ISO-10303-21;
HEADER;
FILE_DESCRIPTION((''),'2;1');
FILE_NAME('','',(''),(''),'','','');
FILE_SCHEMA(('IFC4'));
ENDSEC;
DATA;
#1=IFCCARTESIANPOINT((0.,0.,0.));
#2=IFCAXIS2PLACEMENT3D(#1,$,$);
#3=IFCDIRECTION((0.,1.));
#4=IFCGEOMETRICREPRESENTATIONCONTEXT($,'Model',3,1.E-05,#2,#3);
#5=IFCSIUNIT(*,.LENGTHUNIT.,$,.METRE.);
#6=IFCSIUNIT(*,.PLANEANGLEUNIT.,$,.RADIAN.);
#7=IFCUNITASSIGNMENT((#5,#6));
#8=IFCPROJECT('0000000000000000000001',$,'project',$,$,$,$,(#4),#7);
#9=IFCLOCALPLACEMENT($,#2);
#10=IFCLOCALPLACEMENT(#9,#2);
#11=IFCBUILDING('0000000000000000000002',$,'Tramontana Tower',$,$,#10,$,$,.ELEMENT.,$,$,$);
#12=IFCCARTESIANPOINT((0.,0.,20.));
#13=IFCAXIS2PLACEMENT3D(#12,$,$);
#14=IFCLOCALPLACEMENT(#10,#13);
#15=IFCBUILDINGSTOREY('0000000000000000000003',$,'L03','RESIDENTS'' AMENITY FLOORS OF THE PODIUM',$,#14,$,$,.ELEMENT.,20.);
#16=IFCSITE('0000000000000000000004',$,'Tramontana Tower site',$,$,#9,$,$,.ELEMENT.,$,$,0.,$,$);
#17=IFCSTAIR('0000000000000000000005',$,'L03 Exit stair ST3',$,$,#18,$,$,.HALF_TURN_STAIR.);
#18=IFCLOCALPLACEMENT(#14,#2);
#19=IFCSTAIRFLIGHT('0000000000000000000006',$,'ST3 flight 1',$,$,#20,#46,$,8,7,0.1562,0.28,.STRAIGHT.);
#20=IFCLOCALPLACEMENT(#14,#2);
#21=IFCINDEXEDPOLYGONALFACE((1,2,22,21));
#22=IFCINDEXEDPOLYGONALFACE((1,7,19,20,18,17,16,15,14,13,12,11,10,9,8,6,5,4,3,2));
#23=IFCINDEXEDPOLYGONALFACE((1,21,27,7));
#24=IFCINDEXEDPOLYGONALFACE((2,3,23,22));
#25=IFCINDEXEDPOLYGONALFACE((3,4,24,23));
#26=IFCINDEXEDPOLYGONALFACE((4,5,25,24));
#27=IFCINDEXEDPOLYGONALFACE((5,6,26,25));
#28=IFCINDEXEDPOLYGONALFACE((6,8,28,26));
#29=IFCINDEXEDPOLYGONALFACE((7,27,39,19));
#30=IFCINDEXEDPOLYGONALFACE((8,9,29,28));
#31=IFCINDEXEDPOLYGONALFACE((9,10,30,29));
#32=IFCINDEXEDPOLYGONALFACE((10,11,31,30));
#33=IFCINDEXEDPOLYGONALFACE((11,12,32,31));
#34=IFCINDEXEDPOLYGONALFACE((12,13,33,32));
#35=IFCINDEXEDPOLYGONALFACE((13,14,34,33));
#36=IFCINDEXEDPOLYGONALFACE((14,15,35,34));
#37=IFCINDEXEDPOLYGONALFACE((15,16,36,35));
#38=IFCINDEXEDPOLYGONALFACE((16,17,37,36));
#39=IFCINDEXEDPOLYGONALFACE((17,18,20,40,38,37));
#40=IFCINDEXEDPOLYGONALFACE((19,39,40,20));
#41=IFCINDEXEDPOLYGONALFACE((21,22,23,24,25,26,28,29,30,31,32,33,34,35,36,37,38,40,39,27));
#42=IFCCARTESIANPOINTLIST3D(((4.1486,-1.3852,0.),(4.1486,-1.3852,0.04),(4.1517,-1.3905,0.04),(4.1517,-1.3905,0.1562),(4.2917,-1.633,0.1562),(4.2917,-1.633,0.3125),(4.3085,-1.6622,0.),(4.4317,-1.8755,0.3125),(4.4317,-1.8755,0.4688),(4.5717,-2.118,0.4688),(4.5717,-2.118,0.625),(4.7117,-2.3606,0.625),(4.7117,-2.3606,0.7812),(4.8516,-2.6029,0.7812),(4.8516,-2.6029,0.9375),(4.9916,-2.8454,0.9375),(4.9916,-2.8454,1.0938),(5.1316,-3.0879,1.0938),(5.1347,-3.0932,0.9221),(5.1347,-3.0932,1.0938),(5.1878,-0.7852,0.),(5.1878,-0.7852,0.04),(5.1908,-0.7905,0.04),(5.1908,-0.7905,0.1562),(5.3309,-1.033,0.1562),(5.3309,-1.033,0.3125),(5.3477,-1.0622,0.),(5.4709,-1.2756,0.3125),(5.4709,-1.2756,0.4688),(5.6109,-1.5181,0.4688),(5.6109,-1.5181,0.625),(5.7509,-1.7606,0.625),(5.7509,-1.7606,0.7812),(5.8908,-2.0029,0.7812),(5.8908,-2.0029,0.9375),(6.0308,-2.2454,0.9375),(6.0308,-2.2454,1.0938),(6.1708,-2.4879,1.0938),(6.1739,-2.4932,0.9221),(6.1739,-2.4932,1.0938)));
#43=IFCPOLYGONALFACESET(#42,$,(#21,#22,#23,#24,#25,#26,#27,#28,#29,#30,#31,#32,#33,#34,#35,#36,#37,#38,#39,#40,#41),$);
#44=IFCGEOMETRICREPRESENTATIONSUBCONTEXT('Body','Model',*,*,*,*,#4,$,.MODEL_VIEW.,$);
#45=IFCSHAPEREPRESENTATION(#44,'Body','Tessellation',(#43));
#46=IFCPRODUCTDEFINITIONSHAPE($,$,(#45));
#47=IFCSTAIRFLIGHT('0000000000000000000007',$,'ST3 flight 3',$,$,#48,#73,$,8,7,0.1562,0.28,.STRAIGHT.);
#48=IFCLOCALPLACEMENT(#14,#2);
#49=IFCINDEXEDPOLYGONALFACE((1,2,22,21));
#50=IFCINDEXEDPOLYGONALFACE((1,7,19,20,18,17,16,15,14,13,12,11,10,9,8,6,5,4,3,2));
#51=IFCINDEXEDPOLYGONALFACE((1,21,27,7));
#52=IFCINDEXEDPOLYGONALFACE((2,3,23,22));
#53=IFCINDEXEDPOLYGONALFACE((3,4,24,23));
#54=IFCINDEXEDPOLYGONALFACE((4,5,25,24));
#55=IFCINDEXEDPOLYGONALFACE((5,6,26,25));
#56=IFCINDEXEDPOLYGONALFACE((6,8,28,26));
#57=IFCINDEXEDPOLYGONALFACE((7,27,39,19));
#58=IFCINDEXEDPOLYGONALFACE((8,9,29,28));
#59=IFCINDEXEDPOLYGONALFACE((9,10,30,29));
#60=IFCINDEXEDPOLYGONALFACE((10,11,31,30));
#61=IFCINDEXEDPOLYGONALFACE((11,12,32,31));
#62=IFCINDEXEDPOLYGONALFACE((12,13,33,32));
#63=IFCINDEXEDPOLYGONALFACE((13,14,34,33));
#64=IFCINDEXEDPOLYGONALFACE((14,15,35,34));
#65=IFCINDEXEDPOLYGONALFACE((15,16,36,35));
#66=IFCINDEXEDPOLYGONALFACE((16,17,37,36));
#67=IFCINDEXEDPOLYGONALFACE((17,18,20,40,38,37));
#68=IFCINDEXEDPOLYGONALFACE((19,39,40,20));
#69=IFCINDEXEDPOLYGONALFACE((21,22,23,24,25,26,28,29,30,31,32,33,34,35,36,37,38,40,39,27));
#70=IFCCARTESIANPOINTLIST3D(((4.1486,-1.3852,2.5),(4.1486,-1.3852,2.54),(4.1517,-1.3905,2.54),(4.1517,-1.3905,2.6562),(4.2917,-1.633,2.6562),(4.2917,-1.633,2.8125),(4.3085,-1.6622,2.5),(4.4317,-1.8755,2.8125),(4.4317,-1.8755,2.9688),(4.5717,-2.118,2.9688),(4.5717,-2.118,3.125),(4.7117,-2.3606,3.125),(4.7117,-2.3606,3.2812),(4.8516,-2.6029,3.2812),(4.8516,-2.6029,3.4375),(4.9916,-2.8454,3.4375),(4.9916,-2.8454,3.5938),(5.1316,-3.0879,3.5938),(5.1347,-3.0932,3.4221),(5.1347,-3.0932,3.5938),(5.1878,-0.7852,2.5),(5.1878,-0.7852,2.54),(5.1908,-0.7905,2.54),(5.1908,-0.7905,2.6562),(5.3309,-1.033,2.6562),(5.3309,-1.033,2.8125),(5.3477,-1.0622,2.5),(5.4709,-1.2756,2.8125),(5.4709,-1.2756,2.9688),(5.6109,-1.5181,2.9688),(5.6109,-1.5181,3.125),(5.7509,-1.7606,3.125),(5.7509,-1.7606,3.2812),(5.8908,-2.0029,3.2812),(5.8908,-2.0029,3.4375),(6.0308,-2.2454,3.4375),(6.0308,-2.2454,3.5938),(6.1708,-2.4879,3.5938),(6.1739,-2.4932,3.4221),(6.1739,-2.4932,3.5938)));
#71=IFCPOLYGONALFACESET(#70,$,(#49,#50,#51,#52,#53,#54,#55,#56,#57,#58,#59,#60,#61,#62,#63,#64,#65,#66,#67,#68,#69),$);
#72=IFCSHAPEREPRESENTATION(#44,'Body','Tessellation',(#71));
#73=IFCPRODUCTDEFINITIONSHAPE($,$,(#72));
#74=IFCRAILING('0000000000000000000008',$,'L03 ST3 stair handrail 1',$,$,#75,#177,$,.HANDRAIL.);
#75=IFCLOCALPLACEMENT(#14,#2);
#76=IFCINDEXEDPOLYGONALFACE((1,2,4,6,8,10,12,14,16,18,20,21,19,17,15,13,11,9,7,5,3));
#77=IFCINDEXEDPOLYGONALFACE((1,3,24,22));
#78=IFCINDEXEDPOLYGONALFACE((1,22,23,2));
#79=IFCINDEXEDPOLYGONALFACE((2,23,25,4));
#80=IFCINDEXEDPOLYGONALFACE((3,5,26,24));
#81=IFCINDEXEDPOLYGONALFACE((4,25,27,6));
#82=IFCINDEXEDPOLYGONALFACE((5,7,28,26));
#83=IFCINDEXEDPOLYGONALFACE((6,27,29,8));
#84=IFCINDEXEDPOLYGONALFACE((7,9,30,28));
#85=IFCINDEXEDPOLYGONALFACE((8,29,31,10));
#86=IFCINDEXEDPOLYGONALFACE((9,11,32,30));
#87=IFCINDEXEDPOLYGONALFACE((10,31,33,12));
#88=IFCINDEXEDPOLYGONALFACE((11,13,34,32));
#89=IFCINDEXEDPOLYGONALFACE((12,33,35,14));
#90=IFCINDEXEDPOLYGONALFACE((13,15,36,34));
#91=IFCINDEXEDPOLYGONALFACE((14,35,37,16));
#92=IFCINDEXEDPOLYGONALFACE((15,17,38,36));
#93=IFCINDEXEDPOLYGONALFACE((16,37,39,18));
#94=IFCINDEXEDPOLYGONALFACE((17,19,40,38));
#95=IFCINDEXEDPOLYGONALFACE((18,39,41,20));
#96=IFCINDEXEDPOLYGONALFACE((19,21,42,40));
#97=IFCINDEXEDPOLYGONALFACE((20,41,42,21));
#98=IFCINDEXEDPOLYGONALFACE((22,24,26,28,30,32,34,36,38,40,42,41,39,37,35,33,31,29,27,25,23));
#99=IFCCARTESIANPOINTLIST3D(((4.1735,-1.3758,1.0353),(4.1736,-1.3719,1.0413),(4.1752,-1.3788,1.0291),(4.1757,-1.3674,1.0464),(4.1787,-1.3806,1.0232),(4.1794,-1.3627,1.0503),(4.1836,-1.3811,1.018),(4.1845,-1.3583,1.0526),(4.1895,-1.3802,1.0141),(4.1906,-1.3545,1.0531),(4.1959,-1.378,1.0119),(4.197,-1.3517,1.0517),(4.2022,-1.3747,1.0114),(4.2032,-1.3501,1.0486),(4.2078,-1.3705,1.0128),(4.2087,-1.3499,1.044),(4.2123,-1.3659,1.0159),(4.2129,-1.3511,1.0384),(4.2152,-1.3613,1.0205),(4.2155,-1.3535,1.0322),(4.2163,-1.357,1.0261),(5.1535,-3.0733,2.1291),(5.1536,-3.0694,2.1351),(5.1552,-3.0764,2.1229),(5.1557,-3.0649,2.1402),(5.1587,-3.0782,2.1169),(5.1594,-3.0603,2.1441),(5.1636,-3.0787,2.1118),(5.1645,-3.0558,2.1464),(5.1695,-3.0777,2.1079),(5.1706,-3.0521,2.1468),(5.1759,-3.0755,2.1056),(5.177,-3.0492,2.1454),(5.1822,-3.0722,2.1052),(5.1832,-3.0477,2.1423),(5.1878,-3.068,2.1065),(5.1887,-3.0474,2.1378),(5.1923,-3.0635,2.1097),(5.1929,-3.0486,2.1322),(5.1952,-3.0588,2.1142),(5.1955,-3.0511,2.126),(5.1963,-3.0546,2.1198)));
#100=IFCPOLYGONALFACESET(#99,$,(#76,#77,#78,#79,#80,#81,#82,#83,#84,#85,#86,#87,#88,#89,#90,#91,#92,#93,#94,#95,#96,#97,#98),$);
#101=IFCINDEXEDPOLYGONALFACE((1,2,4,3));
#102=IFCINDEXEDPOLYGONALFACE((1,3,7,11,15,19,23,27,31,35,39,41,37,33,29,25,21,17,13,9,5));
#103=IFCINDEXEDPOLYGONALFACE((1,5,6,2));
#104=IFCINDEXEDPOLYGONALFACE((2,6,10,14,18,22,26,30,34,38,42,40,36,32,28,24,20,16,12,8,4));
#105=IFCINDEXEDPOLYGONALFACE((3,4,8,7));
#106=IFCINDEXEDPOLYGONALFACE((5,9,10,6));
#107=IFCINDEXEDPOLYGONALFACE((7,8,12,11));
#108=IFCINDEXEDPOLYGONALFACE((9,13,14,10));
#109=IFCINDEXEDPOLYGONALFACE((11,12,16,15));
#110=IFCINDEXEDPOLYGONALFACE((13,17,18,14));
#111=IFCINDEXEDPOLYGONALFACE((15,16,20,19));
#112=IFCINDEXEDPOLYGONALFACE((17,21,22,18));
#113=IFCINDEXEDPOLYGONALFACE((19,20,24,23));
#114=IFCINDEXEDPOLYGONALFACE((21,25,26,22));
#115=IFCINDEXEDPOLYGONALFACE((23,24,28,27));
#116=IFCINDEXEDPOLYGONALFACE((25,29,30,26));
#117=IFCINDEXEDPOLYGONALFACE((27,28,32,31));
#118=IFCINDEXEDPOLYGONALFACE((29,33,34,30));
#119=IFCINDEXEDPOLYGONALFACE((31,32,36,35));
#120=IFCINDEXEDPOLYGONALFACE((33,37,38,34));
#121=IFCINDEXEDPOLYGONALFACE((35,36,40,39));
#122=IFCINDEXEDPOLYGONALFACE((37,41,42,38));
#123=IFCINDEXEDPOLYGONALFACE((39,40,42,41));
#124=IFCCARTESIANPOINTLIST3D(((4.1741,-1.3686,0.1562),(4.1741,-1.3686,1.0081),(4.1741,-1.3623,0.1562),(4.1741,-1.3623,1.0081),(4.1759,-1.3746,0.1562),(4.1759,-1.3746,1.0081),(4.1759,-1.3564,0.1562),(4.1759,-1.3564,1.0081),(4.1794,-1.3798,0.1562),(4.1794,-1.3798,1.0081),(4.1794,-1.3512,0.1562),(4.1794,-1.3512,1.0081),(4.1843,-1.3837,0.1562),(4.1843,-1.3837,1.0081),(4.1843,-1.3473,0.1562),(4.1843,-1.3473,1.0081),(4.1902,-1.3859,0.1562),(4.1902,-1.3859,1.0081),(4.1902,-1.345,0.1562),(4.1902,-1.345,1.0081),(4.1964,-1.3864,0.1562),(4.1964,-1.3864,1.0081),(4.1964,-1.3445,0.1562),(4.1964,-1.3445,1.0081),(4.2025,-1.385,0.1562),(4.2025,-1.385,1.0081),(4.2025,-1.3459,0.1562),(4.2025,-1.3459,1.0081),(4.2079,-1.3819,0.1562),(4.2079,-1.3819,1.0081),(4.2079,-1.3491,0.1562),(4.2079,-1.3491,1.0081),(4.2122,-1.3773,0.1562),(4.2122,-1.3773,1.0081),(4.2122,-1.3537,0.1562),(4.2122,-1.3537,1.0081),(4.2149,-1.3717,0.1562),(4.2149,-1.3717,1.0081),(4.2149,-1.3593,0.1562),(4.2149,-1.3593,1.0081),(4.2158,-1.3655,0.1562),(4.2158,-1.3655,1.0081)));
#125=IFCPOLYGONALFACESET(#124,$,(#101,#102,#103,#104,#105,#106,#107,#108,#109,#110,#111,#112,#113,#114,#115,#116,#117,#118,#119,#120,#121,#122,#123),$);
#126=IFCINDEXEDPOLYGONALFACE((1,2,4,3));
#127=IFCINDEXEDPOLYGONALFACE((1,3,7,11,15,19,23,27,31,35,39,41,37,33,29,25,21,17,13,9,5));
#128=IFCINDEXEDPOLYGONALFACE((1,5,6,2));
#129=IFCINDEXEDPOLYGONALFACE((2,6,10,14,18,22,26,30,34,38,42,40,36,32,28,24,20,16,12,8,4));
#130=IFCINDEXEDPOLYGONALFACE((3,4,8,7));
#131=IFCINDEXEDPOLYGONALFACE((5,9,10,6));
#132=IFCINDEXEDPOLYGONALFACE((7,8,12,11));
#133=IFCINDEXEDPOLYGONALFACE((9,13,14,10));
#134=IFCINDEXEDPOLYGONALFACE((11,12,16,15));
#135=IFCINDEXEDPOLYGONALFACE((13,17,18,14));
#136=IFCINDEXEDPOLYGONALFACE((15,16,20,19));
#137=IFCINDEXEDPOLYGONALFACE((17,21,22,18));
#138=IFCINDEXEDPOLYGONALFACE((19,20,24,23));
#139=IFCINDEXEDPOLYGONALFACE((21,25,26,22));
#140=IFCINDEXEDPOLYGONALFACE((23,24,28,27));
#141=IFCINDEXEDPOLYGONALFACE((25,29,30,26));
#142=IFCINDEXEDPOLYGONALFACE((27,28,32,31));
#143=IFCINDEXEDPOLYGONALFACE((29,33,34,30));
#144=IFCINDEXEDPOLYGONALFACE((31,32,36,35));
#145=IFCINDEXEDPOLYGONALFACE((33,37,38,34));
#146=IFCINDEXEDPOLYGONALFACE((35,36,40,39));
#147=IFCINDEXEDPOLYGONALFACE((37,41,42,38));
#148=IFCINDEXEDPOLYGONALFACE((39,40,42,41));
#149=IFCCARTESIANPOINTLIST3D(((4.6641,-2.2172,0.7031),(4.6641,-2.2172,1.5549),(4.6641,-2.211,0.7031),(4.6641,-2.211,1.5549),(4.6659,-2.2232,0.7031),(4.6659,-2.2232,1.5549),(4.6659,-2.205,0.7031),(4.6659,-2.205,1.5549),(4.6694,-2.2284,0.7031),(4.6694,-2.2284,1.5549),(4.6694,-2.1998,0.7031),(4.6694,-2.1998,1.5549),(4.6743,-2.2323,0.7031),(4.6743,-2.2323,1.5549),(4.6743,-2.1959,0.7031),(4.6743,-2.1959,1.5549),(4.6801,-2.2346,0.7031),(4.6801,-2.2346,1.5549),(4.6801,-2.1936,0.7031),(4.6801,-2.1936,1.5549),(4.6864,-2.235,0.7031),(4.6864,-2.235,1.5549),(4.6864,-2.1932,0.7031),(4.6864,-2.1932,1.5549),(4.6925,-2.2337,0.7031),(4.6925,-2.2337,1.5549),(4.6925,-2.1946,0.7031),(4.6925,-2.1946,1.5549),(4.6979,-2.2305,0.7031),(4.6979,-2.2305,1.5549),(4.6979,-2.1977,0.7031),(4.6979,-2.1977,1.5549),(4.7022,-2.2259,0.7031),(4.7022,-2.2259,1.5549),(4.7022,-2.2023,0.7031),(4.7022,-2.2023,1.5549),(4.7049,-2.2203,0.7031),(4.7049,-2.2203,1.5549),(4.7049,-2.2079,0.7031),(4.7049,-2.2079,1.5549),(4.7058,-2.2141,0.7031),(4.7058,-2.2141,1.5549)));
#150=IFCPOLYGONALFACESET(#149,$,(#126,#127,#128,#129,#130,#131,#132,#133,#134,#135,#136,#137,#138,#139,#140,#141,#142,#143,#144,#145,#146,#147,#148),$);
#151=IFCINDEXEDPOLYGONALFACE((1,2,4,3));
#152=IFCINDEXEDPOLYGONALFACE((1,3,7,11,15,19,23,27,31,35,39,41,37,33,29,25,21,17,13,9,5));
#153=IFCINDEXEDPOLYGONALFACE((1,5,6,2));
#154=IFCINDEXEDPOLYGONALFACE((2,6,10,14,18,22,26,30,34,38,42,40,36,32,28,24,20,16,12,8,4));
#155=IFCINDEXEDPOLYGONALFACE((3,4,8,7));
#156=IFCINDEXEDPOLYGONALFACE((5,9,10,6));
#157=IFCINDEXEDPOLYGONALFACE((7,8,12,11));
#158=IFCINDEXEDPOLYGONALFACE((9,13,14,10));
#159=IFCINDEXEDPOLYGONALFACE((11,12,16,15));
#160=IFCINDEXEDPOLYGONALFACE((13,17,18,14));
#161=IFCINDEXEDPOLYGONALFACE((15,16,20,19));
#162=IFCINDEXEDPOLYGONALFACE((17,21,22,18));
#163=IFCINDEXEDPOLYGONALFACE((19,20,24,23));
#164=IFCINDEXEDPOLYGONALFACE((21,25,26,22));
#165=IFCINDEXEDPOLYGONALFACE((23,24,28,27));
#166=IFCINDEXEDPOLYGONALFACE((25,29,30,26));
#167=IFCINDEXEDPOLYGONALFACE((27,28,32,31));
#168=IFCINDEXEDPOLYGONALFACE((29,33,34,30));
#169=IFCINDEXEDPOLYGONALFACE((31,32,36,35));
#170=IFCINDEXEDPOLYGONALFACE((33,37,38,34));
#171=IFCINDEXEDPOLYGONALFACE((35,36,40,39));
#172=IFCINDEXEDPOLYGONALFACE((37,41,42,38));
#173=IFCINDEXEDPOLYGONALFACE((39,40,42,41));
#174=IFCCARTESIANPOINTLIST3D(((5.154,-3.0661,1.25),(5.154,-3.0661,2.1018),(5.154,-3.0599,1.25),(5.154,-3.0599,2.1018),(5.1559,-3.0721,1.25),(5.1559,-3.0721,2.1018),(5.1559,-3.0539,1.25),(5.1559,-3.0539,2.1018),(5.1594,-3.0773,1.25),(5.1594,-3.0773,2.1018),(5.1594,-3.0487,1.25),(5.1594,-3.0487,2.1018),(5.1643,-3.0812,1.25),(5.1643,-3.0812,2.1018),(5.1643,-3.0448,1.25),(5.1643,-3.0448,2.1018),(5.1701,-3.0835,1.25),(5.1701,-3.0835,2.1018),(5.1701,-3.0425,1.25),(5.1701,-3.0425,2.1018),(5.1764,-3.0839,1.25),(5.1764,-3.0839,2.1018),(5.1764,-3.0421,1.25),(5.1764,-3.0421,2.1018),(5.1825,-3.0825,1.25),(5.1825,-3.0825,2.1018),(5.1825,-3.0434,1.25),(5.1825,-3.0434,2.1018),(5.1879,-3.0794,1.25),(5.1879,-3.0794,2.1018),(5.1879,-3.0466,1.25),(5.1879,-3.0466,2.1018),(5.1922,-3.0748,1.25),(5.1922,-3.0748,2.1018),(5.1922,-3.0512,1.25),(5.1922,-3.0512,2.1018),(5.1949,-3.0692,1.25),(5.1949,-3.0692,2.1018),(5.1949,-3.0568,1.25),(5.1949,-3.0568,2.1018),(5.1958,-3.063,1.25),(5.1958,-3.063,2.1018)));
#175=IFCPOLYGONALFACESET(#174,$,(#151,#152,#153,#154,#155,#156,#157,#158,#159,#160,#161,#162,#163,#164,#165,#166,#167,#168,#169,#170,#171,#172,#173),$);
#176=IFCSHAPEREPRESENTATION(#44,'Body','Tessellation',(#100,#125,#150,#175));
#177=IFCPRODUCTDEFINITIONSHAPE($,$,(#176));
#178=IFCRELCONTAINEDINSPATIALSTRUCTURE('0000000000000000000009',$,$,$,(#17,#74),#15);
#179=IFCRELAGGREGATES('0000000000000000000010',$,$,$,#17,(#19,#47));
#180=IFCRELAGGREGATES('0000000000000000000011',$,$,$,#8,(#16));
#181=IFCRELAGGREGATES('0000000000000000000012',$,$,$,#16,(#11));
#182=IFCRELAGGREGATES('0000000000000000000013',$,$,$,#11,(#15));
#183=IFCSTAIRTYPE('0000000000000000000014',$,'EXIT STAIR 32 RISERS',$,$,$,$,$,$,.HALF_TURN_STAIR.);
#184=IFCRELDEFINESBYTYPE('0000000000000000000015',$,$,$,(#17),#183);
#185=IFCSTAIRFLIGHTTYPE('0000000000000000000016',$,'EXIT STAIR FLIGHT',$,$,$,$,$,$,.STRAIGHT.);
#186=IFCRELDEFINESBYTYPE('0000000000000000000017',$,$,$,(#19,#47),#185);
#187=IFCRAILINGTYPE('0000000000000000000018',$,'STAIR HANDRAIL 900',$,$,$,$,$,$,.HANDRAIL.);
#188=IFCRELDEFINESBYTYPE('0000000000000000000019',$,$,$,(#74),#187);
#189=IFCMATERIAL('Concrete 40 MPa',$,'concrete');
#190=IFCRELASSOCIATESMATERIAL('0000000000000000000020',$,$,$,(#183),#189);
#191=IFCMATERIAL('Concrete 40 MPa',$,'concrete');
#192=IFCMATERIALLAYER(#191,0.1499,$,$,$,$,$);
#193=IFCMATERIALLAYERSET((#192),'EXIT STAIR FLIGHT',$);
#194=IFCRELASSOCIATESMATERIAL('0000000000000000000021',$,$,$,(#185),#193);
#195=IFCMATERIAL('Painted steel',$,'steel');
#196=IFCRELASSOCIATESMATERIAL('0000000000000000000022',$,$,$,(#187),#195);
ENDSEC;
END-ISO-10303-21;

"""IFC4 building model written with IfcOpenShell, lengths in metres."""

from ifc_helpers import new_model, si_unit, direction, frame, origin, origin_2d, place, context, subcontext, project, spatial, polyline, circle, outline, extrude, material, layer, layer_set, type_object, element, aggregate, save


model = new_model("IFC4")

# Units and contexts
model_context = context("Model", 3, precision=1e-05, world=origin(), true_north=direction((0.0, 1.0)))
body_context = subcontext(model_context, "Body", "Model", "MODEL_VIEW")
ifc_project = project(units=[si_unit("LENGTHUNIT", "METRE"), si_unit("PLANEANGLEUNIT", "RADIAN")], contexts=[model_context])

# Site, building, storey
site_placement = place(None, origin())
site = spatial("IfcSite", under=ifc_project, at=site_placement, Name="Tramontana Tower site", CompositionType="ELEMENT", RefElevation=0.0)
building_placement = place(site_placement, origin())
building = spatial("IfcBuilding", under=site, at=building_placement, Name="Tramontana Tower", CompositionType="ELEMENT")
storey_placement = place(building_placement, frame((0.0, 0.0, 20.0)))
storey = spatial("IfcBuildingStorey", under=building, at=storey_placement, Name="L03", Description="RESIDENTS' AMENITY FLOORS OF THE PODIUM", CompositionType="ELEMENT", Elevation=20.0)

# Stair
ifc_material_1 = material(Name="Concrete 40 MPa", Category="concrete")
stair_type = type_object("IfcStairType", Name="EXIT STAIR 32 RISERS", PredefinedType="HALF_TURN_STAIR", material=ifc_material_1)
stair_1_placement = place(storey_placement, origin())
stair_1 = element("IfcStair", 1, at=stair_1_placement, inside=storey, type_object=stair_type, Name="L03 Exit stair ST3", PredefinedType="HALF_TURN_STAIR")

# Stair flights
ifc_material_2 = material(Name="Concrete 40 MPa", Category="concrete")
ifc_layer_1 = layer(ifc_material_2, 0.1499)
ifc_layer_set_1 = layer_set([ifc_layer_1], Name="EXIT STAIR FLIGHT")
stair_flight_type = type_object("IfcStairFlightType", Name="EXIT STAIR FLIGHT", PredefinedType="STRAIGHT", material=ifc_layer_set_1)
stair_flight_1_placement = place(storey_placement, frame((4.6711, -1.0906, 0.0), z_axis=(0.0, 0.0, 1.0), x_axis=(0.5, -0.866025, 0.0)))
stair_flight_1 = element("IfcStairFlight", 2, at=stair_flight_1_placement, type_object=stair_flight_type, Name="ST3 flight 1", NumberOfRisers=8, NumberOfTreads=7, PredefinedType="STRAIGHT", RiserHeight=0.1562, TreadLength=0.28, context=body_context, shape_type="SweptSolid", body=[
    extrude(outline(polyline([(-0.0061, 0.0), (-0.0061, 0.04), (0.0, 0.04), (0.0, 0.1562), (0.28, 0.1562), (0.28, 0.3125), (0.5601, 0.3125), (0.5601, 0.4688), (0.8401, 0.4688), (0.8401, 0.625), (1.1201, 0.625), (1.1201, 0.7812), (1.3999, 0.7812), (1.3999, 0.9375), (1.6799, 0.9375), (1.6799, 1.0938), (1.96, 1.0938), (1.9661, 1.0938), (1.9661, 0.9221), (0.3137, 0.0), (-0.0061, 0.0)])), frame((0.0, 0.6001, 0.0), z_axis=(0.0, -1.0, 0.0), x_axis=(1.0, 0.0, 0.0)), (0.0, 0.0, 1.0), 1.2),
])
stair_flight_2_placement = place(storey_placement, frame((4.6711, -1.0906, 2.5), z_axis=(0.0, 0.0, 1.0), x_axis=(0.5, -0.866025, 0.0)))
stair_flight_2 = element("IfcStairFlight", 3, at=stair_flight_2_placement, type_object=stair_flight_type, Name="ST3 flight 3", NumberOfRisers=8, NumberOfTreads=7, PredefinedType="STRAIGHT", RiserHeight=0.1562, TreadLength=0.28, context=body_context, shape_type="SweptSolid", body=[
    extrude(outline(polyline([(-0.0061, 0.0), (-0.0061, 0.04), (0.0, 0.04), (0.0, 0.1562), (0.28, 0.1562), (0.28, 0.3125), (0.5601, 0.3125), (0.5601, 0.4688), (0.8401, 0.4688), (0.8401, 0.625), (1.1201, 0.625), (1.1201, 0.7812), (1.3999, 0.7812), (1.3999, 0.9375), (1.6799, 0.9375), (1.6799, 1.0938), (1.96, 1.0938), (1.9661, 1.0938), (1.9661, 0.9221), (0.3137, 0.0), (-0.0061, 0.0)])), frame((0.0, 0.6001, 0.0), z_axis=(0.0, -1.0, 0.0), x_axis=(1.0, 0.0, 0.0)), (0.0, 0.0, 1.0), 1.2),
])
aggregate(stair_1, [stair_flight_1, stair_flight_2])

# Railing
ifc_material_3 = material(Name="Painted steel", Category="steel")
railing_type = type_object("IfcRailingType", Name="STAIR HANDRAIL 900", PredefinedType="HANDRAIL", material=ifc_material_3)
for number, where, name in (
    (4, (4.1948, -1.3655, 0.1562), "L03 ST3 stair handrail 1"),
):
    element("IfcRailing", number, at=place(storey_placement, frame(where)), inside=storey, type_object=railing_type, Name=name, PredefinedType="HANDRAIL", context=body_context, shape_type="SweptSolid", body=[
        extrude(circle(Radius=0.0239, at=origin_2d()), frame((0.0, 0.0, 0.876), z_axis=(0.436596, -0.756267, 0.487282), x_axis=(0.866042, 0.49997, 0.0)), (0.0, 0.0, 1.0), 2.2446),
        extrude(circle(Radius=0.021, at=origin_2d()), origin(), (0.0, 0.0, 1.0), 0.8518),
        extrude(circle(Radius=0.021, at=origin_2d()), frame((0.49, -0.8486, 0.5469)), (0.0, 0.0, 1.0), 0.8518),
        extrude(circle(Radius=0.021, at=origin_2d()), frame((0.98, -1.6975, 1.0938)), (0.0, 0.0, 1.0), 0.8518),
    ])

save(model, "model.ifc")
